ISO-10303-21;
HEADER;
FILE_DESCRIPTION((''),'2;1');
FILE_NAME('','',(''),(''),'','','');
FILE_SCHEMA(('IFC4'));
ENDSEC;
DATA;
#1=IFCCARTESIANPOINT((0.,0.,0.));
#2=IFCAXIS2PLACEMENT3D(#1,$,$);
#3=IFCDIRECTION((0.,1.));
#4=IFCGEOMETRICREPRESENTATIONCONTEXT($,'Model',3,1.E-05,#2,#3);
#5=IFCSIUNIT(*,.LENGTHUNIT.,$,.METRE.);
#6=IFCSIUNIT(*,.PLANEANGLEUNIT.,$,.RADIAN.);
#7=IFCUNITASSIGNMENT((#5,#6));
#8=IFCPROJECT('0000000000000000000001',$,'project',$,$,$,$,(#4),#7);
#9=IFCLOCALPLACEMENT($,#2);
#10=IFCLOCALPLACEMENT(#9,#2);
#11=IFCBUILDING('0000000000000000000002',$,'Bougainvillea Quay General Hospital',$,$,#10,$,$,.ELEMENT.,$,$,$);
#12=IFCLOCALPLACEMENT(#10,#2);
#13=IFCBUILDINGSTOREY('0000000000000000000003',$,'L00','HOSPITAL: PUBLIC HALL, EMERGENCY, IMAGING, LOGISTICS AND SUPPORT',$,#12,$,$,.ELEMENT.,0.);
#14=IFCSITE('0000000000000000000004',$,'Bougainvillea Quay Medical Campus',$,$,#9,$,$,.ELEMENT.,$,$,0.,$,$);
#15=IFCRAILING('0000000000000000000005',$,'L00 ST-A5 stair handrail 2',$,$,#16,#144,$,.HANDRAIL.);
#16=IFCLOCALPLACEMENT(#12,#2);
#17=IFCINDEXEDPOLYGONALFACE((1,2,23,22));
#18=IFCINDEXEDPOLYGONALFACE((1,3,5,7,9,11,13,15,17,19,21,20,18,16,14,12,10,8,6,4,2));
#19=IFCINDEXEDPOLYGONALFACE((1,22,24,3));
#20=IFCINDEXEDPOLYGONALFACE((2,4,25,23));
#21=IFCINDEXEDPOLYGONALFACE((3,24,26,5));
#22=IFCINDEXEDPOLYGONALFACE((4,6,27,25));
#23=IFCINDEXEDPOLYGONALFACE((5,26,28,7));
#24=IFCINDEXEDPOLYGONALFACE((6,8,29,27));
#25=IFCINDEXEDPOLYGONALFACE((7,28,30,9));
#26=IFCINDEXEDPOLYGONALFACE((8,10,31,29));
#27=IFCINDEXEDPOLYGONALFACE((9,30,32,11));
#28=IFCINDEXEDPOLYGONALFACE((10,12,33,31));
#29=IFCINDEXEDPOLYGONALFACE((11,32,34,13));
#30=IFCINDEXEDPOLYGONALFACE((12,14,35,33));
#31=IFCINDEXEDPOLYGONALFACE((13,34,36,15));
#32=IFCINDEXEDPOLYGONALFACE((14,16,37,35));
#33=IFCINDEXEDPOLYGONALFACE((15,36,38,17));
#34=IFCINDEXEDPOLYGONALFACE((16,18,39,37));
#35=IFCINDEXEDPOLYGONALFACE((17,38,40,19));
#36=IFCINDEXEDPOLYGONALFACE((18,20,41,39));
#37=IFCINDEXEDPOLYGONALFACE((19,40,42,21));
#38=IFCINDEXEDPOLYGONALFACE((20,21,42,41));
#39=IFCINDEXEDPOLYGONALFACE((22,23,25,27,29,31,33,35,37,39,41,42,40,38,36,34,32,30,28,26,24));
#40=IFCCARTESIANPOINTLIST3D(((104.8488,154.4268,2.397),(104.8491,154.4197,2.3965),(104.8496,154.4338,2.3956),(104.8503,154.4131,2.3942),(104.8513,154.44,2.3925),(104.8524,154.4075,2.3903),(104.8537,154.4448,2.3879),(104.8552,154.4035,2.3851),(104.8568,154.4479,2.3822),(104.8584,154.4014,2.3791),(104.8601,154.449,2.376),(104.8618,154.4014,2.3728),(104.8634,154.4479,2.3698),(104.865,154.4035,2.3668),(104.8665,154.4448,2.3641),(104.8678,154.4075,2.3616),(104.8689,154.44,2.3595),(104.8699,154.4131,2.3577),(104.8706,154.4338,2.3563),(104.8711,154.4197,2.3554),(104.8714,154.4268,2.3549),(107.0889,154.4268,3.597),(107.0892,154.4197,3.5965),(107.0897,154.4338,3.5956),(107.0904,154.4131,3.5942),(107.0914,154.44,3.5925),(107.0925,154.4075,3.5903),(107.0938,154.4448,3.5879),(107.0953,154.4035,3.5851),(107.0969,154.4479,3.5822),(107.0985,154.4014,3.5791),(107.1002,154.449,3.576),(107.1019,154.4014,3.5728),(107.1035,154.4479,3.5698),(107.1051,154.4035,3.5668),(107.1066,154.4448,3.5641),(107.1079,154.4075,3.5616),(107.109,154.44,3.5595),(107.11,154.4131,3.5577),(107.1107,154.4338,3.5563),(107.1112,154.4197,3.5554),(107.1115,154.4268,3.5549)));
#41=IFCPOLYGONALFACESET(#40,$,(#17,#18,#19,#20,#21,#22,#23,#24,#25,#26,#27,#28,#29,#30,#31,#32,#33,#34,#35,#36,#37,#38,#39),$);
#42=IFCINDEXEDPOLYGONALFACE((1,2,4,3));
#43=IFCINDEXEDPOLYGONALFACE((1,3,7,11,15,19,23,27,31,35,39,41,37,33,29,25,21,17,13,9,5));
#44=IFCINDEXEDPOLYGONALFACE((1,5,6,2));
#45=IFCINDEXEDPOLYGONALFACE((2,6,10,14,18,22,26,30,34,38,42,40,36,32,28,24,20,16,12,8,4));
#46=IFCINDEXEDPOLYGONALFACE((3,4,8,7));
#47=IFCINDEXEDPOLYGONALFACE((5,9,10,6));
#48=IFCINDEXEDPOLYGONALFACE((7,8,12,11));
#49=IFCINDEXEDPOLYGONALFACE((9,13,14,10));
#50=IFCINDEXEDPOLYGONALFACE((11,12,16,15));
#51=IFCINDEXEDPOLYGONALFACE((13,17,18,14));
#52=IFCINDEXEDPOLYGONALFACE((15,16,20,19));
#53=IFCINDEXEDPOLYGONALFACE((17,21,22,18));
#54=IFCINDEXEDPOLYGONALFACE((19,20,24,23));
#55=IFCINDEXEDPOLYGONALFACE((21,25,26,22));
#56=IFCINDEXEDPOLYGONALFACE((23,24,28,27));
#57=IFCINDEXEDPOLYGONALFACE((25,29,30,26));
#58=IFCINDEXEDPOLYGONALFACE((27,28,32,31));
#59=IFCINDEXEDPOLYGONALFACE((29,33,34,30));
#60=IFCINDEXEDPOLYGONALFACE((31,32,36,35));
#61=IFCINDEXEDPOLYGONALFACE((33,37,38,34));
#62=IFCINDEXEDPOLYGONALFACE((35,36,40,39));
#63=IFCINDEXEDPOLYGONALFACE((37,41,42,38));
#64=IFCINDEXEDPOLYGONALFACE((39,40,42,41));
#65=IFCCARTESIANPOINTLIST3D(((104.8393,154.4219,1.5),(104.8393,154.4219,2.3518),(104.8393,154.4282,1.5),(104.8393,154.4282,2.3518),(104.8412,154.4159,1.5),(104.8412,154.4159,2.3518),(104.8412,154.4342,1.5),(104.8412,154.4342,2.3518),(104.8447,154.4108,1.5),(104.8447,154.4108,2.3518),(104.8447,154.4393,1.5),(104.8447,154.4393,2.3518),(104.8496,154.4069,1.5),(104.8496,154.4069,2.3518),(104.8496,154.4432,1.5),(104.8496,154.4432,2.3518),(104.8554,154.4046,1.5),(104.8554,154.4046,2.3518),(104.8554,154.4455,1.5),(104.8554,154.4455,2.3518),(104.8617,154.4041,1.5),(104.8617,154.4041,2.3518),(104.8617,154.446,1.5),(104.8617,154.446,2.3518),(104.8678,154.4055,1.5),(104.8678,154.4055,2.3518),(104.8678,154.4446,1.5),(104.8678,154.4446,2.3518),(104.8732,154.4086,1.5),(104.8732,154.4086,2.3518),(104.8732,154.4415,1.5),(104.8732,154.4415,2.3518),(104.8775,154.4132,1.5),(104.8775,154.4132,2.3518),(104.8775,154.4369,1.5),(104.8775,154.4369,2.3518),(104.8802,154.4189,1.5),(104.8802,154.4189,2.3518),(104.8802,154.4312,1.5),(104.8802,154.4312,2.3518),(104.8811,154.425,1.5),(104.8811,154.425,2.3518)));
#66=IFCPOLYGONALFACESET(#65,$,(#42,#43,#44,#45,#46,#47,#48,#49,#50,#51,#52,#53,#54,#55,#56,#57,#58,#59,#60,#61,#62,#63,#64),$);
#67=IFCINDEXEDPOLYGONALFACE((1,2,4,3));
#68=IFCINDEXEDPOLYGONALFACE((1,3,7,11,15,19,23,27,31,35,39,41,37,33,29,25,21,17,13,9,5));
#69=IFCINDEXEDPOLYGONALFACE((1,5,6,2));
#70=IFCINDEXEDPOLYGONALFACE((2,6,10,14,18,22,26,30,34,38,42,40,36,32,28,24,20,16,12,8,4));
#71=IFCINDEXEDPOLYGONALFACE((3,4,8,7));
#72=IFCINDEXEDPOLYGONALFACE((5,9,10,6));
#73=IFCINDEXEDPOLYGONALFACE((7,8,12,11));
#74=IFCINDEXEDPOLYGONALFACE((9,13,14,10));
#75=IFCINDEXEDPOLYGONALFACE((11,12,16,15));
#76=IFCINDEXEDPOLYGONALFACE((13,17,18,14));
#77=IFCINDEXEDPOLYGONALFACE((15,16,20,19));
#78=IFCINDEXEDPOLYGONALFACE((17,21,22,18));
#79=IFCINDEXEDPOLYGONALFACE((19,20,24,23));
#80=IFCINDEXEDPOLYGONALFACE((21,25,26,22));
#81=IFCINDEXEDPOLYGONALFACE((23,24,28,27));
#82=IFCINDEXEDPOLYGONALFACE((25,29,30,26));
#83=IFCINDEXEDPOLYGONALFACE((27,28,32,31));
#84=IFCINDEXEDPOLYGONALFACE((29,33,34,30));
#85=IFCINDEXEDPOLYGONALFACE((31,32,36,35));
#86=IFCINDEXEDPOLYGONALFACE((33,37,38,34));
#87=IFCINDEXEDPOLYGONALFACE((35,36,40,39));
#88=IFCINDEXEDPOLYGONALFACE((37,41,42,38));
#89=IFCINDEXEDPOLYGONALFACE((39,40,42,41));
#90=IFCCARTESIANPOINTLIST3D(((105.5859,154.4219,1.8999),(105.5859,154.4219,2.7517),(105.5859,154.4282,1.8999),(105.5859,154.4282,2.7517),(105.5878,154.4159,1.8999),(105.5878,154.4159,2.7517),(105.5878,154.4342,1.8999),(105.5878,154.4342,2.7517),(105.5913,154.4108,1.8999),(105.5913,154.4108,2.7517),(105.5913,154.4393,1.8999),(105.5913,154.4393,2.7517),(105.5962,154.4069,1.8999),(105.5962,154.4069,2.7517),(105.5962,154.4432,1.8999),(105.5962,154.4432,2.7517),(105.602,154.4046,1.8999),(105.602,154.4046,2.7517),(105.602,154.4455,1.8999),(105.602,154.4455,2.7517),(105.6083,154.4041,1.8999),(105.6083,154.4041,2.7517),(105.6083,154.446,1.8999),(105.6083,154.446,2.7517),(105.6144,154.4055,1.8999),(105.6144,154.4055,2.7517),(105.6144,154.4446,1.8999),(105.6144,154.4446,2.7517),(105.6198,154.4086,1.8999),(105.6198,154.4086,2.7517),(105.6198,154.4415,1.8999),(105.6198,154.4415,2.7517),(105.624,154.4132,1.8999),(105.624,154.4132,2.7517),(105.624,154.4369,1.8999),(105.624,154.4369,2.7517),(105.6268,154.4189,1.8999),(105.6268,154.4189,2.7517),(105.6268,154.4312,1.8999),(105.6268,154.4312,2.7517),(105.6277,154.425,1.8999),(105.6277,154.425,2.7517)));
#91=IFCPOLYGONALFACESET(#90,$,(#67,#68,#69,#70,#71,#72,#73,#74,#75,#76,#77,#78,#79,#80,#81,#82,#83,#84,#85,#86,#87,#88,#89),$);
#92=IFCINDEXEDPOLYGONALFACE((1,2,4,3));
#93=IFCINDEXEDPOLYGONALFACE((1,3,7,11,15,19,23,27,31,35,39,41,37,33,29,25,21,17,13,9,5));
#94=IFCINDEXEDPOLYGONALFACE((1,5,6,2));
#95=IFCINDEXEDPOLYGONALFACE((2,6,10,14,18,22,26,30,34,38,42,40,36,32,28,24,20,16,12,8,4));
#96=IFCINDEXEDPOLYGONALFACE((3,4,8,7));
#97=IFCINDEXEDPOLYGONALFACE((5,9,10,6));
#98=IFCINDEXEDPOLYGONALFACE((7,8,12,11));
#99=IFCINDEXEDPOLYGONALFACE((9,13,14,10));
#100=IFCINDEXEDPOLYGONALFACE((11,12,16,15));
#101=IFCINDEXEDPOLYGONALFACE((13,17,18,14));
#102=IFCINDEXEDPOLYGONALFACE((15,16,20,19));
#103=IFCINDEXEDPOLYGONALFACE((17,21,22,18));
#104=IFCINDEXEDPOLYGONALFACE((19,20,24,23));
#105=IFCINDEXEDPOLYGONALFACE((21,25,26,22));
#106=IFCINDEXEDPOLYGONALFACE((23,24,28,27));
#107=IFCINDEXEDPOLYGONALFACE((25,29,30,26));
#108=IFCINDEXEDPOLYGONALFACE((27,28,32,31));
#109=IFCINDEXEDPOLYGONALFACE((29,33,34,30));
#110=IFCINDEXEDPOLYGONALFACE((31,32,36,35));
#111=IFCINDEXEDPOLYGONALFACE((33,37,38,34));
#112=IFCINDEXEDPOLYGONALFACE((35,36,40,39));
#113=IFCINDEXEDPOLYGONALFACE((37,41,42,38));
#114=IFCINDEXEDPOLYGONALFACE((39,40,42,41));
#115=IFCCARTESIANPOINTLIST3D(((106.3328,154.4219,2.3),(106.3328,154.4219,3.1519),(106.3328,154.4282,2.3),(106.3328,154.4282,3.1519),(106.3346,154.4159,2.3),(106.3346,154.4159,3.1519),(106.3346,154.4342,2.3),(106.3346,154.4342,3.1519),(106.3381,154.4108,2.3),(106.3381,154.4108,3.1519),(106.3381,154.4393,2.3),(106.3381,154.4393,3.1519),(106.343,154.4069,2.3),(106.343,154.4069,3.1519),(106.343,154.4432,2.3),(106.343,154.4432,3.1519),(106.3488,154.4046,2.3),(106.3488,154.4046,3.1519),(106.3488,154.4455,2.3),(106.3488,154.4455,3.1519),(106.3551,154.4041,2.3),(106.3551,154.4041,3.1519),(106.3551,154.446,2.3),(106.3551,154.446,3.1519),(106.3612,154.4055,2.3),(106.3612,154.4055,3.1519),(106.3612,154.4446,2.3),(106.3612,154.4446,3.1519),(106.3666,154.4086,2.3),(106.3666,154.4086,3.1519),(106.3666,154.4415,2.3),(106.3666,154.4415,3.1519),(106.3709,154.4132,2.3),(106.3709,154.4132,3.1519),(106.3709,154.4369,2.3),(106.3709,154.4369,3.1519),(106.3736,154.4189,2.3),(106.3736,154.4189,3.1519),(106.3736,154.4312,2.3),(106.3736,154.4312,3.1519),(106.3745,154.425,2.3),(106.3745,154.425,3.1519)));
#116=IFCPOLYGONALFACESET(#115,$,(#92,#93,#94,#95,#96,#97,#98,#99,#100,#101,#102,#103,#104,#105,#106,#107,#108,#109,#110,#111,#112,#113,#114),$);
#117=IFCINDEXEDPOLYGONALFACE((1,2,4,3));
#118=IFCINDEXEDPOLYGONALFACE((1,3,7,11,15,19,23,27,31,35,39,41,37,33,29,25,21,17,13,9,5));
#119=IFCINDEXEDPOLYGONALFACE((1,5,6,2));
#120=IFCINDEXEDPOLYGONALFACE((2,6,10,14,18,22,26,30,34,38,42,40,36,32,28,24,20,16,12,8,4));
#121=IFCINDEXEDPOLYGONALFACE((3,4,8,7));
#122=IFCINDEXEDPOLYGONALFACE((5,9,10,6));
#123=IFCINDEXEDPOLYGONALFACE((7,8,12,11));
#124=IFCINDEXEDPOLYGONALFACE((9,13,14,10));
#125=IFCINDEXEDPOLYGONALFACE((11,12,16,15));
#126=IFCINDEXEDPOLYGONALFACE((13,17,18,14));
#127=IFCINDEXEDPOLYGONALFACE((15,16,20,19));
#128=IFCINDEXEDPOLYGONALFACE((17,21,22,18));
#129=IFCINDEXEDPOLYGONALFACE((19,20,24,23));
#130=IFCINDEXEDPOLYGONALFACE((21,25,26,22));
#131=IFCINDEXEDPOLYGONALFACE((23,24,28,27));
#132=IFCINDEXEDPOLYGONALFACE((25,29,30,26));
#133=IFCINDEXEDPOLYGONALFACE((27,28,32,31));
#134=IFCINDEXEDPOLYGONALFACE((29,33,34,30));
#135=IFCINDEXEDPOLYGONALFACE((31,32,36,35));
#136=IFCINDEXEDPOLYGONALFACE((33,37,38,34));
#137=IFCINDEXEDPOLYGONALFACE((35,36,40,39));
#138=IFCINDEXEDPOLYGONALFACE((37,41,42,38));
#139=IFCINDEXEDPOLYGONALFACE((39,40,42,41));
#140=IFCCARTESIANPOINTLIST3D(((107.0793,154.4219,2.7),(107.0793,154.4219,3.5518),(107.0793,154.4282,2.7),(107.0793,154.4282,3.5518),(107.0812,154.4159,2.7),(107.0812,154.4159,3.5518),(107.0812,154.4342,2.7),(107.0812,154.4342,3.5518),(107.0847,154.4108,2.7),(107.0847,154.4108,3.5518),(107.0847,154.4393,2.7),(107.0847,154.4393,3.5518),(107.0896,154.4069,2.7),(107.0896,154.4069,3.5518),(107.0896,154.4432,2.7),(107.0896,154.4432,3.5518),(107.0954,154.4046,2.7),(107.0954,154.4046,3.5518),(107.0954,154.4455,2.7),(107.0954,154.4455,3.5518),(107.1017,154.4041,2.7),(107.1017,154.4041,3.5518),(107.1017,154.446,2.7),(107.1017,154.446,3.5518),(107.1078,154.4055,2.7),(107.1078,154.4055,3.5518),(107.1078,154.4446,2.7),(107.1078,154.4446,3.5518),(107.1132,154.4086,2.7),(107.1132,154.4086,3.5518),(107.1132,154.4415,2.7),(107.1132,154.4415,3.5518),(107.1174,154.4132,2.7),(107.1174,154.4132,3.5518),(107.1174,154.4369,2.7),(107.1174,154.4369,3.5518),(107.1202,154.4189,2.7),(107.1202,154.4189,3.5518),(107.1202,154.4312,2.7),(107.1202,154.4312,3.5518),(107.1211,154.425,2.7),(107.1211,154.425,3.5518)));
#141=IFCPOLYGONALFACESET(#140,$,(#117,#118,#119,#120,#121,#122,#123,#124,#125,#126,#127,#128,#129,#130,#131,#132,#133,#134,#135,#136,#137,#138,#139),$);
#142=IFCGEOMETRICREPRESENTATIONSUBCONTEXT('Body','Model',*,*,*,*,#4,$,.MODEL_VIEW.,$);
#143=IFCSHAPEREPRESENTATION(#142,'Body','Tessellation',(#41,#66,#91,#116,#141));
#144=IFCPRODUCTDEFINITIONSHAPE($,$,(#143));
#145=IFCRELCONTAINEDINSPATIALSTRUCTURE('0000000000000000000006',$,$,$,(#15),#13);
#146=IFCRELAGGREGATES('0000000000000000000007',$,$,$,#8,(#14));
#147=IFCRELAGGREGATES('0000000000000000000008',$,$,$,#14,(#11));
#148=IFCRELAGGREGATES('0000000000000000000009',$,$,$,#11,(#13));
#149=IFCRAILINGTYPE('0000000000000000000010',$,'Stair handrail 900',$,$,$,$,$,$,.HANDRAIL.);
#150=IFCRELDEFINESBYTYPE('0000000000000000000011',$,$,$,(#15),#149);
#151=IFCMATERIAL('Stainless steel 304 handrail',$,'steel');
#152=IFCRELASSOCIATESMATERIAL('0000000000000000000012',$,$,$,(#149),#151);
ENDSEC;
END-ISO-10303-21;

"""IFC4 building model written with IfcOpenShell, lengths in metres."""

from ifc_helpers import new_model, si_unit, direction, frame, origin, origin_2d, place, context, subcontext, project, spatial, circle, extrude, material, type_object, element, save


model = new_model("IFC4")

# Units and contexts
model_context = context("Model", 3, precision=1e-05, world=origin(), true_north=direction((0.0, 1.0)))
body_context = subcontext(model_context, "Body", "Model", "MODEL_VIEW")
ifc_project = project(units=[si_unit("LENGTHUNIT", "METRE"), si_unit("PLANEANGLEUNIT", "RADIAN")], contexts=[model_context])

# Site, building, storey
site_placement = place(None, origin())
site = spatial("IfcSite", under=ifc_project, at=site_placement, Name="Bougainvillea Quay Medical Campus", CompositionType="ELEMENT", RefElevation=0.0)
building_placement = place(site_placement, origin())
building = spatial("IfcBuilding", under=site, at=building_placement, Name="Bougainvillea Quay General Hospital", CompositionType="ELEMENT")
storey_placement = place(building_placement, origin())
storey = spatial("IfcBuildingStorey", under=building, at=storey_placement, Name="L00", Description="HOSPITAL: PUBLIC HALL, EMERGENCY, IMAGING, LOGISTICS AND SUPPORT", CompositionType="ELEMENT", Elevation=0.0)

# Railing
ifc_material_1 = material(Name="Stainless steel 304 handrail", Category="steel")
railing_type_1 = type_object("IfcRailingType", Name="Stair handrail 900", PredefinedType="HANDRAIL", material=ifc_material_1)
for number, where, name in (
    (1, (104.8601, 154.425, 1.5), "L00 ST-A5 stair handrail 2"),
):
    element("IfcRailing", number, at=place(storey_placement, frame(where)), inside=storey, type_object=railing_type_1, Name=name, PredefinedType="HANDRAIL", context=body_context, shape_type="SweptSolid", body=[
        extrude(circle(Radius=0.0239, at=origin_2d()), frame((0.0, 0.0, 0.876), z_axis=(0.881487, 0.0, 0.472208), x_axis=(0.0, 1.0, 0.0)), (0.0, 0.0, 1.0), 2.5413),
        extrude(circle(Radius=0.021, at=origin_2d()), origin(), (0.0, 0.0, 1.0), 0.8518),
        extrude(circle(Radius=0.021, at=origin_2d()), frame((0.7466, 0.0, 0.3999)), (0.0, 0.0, 1.0), 0.8518),
        extrude(circle(Radius=0.021, at=origin_2d()), frame((1.4934, 0.0, 0.8)), (0.0, 0.0, 1.0), 0.8518),
        extrude(circle(Radius=0.021, at=origin_2d()), frame((2.24, 0.0, 1.2)), (0.0, 0.0, 1.0), 0.8518),
    ])

save(model, "model.ifc")
